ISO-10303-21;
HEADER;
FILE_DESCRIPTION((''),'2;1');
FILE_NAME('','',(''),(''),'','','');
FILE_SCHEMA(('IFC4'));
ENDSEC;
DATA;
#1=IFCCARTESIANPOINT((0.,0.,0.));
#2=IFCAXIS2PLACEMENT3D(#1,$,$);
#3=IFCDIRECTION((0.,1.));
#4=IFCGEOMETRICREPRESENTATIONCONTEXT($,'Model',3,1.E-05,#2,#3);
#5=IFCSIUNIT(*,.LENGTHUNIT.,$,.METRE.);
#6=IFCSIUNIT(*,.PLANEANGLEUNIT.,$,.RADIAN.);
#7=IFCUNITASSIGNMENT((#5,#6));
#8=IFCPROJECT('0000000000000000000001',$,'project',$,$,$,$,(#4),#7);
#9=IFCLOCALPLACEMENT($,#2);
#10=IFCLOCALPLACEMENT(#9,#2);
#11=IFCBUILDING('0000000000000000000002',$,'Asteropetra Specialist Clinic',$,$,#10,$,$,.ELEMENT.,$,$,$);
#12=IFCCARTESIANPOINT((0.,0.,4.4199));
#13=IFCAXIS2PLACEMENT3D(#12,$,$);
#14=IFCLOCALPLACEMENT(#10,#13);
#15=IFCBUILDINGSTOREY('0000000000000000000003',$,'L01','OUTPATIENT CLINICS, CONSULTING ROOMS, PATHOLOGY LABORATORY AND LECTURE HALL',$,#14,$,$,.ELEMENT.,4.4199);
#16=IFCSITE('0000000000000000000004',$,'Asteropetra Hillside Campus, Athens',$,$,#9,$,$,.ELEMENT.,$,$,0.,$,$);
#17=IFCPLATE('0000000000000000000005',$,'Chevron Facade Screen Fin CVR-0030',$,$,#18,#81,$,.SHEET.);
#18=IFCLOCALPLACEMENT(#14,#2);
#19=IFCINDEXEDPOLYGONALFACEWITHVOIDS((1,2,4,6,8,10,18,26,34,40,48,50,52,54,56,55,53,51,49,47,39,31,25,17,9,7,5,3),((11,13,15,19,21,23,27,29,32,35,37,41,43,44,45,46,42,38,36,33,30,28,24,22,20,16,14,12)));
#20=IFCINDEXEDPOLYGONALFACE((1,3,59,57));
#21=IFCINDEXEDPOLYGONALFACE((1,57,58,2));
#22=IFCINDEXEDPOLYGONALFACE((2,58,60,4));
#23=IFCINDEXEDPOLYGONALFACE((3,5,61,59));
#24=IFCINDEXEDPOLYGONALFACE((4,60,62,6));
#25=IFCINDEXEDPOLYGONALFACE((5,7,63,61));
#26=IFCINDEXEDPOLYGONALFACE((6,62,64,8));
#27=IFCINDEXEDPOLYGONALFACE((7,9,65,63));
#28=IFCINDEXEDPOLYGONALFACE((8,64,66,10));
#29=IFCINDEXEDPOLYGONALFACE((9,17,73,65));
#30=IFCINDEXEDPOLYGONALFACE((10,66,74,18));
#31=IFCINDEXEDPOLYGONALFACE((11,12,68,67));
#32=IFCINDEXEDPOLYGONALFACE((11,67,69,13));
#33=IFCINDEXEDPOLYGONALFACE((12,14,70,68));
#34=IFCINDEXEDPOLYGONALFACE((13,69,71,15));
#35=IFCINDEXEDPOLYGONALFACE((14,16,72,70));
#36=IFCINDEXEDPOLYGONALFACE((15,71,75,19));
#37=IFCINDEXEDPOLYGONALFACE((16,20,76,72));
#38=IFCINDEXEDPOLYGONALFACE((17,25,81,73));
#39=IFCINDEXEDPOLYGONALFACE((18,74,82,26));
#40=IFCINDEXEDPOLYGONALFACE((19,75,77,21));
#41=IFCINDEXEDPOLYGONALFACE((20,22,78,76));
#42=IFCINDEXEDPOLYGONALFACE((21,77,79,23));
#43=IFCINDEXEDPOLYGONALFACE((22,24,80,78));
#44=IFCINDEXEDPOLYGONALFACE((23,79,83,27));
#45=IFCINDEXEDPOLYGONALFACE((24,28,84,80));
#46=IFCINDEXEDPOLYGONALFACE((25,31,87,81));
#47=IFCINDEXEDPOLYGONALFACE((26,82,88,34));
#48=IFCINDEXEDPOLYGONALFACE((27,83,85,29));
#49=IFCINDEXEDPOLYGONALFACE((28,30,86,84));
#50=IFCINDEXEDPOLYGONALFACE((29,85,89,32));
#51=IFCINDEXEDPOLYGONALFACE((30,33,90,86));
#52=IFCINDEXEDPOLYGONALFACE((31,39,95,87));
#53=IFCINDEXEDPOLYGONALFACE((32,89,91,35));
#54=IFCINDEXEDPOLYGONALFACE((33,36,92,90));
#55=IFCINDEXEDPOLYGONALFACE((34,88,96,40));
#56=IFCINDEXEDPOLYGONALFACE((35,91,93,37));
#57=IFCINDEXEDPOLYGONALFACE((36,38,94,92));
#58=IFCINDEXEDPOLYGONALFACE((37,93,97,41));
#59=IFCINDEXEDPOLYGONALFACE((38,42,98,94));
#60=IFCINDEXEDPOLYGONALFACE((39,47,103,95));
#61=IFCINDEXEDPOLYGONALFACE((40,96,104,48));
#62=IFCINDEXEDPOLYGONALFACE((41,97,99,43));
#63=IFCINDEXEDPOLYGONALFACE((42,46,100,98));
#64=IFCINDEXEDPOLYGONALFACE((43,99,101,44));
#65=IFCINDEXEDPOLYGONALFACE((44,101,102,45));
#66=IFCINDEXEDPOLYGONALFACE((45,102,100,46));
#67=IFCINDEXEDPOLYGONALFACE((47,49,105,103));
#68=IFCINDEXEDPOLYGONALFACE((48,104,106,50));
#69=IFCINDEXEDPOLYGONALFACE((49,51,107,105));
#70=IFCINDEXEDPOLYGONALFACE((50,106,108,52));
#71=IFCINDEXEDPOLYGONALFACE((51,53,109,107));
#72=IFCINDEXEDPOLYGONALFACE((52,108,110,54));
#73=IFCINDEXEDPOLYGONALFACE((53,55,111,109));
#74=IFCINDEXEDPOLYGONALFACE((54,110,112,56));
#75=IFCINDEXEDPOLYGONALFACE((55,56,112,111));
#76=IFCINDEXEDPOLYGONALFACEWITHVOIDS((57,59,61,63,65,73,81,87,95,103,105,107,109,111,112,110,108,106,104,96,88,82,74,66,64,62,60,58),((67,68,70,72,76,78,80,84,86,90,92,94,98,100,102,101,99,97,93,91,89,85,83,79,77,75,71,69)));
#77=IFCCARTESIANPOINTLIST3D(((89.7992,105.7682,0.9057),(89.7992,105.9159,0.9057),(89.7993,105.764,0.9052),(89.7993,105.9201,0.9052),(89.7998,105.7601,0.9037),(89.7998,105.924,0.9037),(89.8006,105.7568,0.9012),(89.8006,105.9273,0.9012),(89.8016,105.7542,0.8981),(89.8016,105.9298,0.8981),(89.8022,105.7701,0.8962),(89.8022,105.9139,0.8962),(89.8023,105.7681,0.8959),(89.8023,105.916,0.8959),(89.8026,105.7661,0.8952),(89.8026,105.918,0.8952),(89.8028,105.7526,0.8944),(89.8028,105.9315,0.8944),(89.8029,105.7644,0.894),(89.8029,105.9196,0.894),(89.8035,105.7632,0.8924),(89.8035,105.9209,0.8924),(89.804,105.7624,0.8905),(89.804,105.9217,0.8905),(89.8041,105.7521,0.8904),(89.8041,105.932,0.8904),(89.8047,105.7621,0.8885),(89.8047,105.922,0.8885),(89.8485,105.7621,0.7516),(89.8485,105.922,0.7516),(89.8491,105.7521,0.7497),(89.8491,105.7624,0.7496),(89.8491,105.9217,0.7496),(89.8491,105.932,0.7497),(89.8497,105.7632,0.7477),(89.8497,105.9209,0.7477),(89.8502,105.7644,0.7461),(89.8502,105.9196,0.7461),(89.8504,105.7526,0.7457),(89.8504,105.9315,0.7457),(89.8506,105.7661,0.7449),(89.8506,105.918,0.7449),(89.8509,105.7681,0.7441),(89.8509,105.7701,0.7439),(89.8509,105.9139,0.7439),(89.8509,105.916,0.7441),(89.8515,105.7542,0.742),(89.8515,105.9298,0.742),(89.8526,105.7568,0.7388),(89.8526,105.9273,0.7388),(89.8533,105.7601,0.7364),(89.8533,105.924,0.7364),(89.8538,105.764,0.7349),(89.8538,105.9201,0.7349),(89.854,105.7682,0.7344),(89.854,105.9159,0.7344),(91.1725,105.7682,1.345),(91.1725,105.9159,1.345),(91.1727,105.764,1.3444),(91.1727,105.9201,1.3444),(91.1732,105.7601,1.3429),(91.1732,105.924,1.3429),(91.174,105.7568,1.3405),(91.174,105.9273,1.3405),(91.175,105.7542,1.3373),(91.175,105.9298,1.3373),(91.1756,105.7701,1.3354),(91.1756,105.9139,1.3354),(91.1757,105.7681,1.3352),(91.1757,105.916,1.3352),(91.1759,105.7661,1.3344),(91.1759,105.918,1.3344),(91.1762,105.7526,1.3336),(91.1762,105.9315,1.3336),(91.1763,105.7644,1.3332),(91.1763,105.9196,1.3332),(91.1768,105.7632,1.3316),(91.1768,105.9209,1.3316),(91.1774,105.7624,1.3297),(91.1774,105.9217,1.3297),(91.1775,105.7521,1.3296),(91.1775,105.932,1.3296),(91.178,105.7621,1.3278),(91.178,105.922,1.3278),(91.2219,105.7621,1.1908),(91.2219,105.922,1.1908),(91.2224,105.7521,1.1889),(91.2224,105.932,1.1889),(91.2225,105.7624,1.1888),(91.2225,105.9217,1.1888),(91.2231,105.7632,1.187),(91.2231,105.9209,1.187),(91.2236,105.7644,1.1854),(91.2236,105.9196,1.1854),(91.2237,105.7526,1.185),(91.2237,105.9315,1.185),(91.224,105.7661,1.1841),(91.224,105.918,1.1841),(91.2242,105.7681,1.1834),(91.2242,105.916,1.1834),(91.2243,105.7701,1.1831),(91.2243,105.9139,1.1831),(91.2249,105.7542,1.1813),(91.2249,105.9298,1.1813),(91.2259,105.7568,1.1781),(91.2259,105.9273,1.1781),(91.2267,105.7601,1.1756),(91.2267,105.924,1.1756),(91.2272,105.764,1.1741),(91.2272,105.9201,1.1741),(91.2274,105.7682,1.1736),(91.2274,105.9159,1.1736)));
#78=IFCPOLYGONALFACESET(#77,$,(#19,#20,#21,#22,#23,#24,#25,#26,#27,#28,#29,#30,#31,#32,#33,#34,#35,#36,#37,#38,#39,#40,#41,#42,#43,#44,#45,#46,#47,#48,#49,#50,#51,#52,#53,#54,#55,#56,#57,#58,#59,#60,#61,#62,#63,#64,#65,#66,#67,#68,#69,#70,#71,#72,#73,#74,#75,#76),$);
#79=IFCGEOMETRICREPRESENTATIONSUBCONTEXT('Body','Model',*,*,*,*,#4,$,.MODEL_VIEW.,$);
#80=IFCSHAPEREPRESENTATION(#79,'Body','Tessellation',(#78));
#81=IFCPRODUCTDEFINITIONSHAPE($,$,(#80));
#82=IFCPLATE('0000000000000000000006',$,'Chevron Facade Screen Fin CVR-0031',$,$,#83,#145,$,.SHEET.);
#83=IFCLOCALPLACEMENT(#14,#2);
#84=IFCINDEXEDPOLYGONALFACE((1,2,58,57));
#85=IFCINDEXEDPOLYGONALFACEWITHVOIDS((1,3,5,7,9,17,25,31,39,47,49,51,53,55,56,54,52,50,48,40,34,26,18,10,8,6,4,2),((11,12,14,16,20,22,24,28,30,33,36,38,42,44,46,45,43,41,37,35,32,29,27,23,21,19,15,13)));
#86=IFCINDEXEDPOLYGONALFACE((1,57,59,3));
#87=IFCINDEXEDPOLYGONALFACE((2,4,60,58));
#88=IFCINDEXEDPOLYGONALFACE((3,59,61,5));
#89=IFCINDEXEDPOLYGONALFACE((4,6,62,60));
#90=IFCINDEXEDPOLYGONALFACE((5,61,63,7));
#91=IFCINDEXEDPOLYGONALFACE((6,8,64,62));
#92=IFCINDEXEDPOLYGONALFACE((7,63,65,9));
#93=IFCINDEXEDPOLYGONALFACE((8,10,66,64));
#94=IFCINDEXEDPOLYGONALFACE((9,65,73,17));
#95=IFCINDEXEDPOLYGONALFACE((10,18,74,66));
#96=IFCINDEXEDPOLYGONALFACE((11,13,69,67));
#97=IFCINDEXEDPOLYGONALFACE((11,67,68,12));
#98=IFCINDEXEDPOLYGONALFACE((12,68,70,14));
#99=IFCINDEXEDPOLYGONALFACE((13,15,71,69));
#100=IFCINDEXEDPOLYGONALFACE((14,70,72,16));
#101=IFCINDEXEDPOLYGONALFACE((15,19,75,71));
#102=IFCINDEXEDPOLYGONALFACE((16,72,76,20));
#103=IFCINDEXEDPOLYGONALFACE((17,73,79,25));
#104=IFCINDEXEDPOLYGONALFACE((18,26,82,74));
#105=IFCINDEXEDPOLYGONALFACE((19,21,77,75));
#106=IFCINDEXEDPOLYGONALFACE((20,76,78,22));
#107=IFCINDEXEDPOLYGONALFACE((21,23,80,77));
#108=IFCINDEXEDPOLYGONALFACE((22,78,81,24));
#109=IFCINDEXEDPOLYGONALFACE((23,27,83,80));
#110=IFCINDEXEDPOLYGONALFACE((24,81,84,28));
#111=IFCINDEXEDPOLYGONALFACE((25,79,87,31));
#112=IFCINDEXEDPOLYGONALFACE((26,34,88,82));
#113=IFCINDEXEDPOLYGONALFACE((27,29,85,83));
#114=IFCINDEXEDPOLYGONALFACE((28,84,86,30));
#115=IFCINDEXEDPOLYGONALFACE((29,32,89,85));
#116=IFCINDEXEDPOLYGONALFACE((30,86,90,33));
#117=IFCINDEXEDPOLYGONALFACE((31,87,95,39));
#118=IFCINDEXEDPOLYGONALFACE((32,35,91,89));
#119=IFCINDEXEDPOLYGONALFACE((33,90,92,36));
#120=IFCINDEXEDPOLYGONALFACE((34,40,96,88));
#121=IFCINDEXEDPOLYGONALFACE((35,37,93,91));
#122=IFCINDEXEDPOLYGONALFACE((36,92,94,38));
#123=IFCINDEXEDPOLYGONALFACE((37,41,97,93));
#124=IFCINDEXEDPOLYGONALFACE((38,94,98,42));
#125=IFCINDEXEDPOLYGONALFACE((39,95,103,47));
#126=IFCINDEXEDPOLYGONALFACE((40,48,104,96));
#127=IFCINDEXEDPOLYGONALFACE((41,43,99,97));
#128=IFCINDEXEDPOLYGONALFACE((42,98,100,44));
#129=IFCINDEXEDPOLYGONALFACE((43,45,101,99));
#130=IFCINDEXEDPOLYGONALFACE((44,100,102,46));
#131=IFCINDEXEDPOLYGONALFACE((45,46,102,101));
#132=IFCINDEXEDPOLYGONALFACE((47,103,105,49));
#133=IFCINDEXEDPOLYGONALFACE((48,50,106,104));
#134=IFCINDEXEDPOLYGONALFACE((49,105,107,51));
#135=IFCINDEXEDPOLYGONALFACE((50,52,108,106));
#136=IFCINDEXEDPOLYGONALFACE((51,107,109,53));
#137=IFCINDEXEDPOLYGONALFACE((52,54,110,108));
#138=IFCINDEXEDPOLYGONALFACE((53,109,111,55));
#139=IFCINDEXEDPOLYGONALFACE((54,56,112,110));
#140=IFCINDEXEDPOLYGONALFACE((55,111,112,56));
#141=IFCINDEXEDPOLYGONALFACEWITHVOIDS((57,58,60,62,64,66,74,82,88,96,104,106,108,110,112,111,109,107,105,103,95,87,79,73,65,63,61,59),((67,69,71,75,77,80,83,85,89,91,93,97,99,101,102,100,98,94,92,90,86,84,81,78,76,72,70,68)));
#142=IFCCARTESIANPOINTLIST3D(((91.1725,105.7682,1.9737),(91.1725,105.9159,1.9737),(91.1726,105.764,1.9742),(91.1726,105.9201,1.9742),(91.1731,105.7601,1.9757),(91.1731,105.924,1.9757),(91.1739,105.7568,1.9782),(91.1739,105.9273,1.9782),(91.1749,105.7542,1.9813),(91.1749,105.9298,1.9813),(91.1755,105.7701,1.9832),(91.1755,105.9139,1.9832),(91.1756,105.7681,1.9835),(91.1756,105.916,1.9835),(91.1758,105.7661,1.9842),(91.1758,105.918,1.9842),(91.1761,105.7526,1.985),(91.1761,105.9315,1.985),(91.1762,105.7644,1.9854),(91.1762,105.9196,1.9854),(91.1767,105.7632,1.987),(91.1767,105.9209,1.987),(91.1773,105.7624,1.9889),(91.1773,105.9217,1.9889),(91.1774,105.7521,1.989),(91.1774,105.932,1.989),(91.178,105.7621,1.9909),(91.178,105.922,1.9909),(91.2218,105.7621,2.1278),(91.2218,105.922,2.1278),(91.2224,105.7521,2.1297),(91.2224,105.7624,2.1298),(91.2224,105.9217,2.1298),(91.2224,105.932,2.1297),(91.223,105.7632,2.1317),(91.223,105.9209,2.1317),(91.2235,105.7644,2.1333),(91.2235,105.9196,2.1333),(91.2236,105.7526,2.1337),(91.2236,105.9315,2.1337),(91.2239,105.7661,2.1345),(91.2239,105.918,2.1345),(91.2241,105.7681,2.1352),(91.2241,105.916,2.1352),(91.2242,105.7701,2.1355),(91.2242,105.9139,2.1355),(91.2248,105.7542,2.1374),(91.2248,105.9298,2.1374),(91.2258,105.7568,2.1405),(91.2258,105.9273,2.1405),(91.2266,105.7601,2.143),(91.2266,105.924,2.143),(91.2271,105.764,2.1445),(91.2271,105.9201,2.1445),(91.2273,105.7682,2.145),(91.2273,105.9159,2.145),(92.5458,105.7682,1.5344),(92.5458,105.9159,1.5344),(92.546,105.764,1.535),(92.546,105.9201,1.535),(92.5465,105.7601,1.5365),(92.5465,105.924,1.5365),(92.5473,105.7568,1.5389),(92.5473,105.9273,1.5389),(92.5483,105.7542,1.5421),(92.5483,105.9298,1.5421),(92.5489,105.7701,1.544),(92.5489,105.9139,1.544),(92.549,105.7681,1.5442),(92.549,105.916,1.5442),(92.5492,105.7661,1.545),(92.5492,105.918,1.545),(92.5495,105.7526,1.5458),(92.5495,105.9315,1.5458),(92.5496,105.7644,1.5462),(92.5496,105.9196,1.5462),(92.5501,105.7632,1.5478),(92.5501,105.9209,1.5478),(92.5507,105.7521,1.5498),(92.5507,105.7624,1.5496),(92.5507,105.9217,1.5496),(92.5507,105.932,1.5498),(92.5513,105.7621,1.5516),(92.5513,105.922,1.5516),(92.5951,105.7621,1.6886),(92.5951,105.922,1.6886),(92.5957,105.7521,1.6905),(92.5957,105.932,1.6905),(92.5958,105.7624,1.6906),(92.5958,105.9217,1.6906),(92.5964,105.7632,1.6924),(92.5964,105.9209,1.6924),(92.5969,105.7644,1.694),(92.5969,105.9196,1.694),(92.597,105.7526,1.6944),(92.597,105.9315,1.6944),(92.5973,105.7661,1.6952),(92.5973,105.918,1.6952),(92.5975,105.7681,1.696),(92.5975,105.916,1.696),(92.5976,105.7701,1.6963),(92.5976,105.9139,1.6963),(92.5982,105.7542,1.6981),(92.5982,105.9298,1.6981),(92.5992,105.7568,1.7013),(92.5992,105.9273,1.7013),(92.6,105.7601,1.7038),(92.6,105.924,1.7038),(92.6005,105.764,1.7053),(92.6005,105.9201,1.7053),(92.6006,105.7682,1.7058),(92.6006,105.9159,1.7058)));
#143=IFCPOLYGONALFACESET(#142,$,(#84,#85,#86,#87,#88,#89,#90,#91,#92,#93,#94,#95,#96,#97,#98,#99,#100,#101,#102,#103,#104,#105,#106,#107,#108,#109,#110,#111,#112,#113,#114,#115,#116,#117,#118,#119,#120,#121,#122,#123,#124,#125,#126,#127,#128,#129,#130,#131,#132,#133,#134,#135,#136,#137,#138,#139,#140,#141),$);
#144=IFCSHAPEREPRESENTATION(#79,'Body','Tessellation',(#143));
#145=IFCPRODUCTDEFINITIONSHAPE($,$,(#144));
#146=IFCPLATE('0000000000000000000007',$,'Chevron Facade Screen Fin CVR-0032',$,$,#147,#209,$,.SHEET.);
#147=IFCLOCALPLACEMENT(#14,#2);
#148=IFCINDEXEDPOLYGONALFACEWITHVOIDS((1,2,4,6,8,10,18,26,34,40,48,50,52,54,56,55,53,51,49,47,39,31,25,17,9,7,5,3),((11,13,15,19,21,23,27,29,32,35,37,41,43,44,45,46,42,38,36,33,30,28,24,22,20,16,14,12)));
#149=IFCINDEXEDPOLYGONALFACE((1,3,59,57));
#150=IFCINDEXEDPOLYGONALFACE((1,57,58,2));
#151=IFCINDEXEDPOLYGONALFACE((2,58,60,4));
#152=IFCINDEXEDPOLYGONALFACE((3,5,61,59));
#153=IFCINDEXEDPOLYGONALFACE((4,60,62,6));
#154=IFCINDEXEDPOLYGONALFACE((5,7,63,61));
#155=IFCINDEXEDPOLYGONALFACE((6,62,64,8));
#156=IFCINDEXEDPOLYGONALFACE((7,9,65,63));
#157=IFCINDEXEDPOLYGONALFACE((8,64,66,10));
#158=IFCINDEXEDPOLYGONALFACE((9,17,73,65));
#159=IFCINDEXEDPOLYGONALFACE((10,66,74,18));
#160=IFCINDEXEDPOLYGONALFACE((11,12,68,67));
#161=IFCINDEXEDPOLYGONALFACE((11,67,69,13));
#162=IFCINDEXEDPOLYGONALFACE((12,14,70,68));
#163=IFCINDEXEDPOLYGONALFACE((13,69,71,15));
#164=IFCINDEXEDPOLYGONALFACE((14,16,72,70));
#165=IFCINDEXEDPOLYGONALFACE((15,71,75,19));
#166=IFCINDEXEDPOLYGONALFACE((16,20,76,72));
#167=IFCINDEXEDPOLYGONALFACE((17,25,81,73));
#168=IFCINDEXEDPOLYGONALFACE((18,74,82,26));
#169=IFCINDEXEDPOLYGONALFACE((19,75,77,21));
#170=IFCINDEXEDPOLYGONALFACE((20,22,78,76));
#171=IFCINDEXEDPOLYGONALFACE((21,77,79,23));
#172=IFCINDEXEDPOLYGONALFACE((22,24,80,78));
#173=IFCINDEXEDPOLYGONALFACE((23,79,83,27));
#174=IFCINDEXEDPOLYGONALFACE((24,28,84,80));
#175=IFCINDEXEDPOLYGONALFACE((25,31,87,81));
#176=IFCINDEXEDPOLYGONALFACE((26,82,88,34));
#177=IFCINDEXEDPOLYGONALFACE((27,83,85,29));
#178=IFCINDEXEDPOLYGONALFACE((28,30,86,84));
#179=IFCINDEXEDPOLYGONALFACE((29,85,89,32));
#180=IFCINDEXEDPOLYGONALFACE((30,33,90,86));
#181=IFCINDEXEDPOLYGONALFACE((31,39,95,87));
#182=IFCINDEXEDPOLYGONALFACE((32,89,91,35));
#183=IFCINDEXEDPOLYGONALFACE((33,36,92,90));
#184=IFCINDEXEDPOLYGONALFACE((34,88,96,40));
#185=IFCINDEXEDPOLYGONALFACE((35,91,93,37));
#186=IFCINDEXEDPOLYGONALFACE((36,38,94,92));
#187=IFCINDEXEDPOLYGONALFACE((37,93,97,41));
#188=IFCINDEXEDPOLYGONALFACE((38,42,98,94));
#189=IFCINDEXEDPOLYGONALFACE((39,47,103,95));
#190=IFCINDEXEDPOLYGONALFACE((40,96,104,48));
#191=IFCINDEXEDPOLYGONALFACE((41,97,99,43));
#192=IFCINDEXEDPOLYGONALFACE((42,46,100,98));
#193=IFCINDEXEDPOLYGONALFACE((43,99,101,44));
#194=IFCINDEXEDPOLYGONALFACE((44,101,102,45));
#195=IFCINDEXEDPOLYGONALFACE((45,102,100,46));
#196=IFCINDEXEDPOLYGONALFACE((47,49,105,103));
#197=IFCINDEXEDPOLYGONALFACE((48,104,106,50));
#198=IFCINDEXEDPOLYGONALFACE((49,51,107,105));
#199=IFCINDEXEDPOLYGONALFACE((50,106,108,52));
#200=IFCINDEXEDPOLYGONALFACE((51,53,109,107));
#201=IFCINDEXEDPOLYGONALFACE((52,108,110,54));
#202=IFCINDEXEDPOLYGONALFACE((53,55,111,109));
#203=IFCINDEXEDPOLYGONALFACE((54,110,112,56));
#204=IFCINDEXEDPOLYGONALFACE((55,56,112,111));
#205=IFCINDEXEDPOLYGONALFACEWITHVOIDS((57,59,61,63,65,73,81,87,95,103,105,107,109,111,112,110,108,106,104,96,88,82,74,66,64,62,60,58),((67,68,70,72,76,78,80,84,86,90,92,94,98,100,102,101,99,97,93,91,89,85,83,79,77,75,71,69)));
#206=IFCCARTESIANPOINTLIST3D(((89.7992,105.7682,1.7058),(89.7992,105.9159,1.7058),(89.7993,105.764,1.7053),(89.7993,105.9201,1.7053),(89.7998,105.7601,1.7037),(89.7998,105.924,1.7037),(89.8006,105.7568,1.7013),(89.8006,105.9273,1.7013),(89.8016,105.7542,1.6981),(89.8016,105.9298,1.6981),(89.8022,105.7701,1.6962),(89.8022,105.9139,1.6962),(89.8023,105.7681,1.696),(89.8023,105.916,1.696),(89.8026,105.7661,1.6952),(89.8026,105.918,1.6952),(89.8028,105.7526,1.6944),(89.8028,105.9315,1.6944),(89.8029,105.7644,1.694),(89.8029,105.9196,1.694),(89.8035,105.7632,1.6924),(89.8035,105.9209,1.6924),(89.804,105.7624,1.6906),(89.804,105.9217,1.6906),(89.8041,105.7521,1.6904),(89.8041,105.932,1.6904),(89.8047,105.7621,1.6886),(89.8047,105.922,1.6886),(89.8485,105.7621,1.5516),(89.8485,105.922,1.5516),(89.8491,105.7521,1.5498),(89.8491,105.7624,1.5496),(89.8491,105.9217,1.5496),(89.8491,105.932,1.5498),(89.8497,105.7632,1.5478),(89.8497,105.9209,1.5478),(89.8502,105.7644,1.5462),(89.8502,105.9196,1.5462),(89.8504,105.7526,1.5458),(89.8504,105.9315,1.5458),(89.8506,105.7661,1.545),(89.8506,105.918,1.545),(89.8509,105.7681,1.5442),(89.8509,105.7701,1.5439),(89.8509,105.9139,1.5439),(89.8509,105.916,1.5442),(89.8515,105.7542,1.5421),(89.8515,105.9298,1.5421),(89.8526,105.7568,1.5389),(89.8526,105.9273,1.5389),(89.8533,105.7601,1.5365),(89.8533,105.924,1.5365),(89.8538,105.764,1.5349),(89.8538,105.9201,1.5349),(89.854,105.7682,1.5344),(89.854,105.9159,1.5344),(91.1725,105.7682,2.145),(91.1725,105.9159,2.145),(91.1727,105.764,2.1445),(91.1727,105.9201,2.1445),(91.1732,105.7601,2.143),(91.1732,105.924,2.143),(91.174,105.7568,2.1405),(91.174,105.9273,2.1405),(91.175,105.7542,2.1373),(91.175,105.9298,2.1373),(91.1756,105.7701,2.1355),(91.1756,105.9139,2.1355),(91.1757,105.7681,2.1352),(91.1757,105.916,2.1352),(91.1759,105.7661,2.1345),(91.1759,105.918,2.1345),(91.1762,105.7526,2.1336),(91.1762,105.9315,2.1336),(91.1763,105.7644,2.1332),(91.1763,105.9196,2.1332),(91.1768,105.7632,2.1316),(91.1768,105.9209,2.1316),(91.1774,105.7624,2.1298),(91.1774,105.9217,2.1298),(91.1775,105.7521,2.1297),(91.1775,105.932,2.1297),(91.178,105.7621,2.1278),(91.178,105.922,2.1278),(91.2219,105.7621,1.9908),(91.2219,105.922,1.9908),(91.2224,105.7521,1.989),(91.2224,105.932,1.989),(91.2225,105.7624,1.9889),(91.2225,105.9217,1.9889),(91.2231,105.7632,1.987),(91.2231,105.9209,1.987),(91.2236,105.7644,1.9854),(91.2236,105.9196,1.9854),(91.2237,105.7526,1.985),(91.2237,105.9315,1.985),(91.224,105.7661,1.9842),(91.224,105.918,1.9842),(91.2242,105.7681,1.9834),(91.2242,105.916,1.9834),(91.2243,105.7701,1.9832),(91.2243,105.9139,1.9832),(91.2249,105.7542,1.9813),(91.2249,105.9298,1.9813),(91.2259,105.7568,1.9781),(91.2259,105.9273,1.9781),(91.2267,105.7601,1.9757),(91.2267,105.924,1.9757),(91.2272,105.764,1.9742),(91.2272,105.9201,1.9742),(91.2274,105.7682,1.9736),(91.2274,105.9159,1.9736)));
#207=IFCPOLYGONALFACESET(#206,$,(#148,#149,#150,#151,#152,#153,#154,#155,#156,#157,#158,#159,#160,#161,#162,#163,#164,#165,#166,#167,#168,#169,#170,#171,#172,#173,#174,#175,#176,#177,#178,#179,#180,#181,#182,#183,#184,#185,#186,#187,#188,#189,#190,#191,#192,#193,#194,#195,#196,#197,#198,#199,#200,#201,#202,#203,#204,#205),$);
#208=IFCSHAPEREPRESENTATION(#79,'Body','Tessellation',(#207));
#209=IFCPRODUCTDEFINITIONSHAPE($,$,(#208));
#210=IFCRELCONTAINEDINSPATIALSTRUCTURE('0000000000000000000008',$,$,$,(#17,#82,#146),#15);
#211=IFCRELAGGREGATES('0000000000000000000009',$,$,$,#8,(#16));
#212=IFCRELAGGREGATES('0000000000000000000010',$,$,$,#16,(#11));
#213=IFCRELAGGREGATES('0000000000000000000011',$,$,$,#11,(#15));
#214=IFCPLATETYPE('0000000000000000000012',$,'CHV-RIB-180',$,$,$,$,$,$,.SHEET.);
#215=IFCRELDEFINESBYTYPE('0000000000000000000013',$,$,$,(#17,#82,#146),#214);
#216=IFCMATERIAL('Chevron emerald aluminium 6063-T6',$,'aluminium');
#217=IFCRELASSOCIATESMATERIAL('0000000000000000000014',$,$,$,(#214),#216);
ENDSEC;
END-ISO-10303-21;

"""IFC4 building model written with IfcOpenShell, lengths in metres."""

from ifc_helpers import new_model, si_unit, direction, frame, origin, origin_2d, place, context, subcontext, project, spatial, hollow_rectangle, extrude, material, material_profile, profile_set, type_object, element, save


model = new_model("IFC4")

# Units and contexts
model_context = context("Model", 3, precision=1e-05, world=origin(), true_north=direction((0.0, 1.0)))
body_context = subcontext(model_context, "Body", "Model", "MODEL_VIEW")
ifc_project = project(units=[si_unit("LENGTHUNIT", "METRE"), si_unit("PLANEANGLEUNIT", "RADIAN")], contexts=[model_context])

# Site, building, storey
site_placement = place(None, origin())
site = spatial("IfcSite", under=ifc_project, at=site_placement, Name="Asteropetra Hillside Campus, Athens", CompositionType="ELEMENT", RefElevation=0.0)
building_placement = place(site_placement, origin())
building = spatial("IfcBuilding", under=site, at=building_placement, Name="Asteropetra Specialist Clinic", CompositionType="ELEMENT")
storey_placement = place(building_placement, frame((0.0, 0.0, 4.4199)))
storey = spatial("IfcBuildingStorey", under=building, at=storey_placement, Name="L01", Description="OUTPATIENT CLINICS, CONSULTING ROOMS, PATHOLOGY LABORATORY AND LECTURE HALL", CompositionType="ELEMENT", Elevation=4.4199)

# Plates
ifc_material_1 = material(Name="Chevron emerald aluminium 6063-T6", Category="aluminium")
ifc_material_profile = material_profile(ifc_material_1, hollow_rectangle(XDim=0.1799, YDim=0.1799, WallThickness=0.01, InnerFilletRadius=0.0081, OuterFilletRadius=0.0161, at=origin_2d()), Name="SHS 180x180x10.0")
ifc_profile_set = profile_set([ifc_material_profile], Name="Chevron emerald aluminium 6063-T6")
plate_type = type_object("IfcPlateType", Name="CHV-RIB-180", PredefinedType="SHEET", material=ifc_profile_set)
for number, where, z_axis, x_axis, name in (
    (1, (91.2, 105.842, 1.2593), (-0.952473, 0.0, -0.304622), (0.0, -1.0, 0.0), "Chevron Facade Screen Fin CVR-0030"),
    (2, (92.5732, 105.842, 1.6201), (-0.952473, 0.0, 0.304622), (0.0, -1.0, 0.0), "Chevron Facade Screen Fin CVR-0031"),
    (3, (91.2, 105.842, 2.0593), (-0.952473, 0.0, -0.304622), (0.0, -1.0, 0.0), "Chevron Facade Screen Fin CVR-0032"),
):
    element("IfcPlate", number, at=place(storey_placement, frame(where, z_axis=z_axis, x_axis=x_axis)), inside=storey, type_object=plate_type, Name=name, PredefinedType="SHEET", context=body_context, shape_type="SweptSolid", body=[
        extrude(hollow_rectangle(XDim=0.1799, YDim=0.1799, WallThickness=0.01, InnerFilletRadius=0.0081, OuterFilletRadius=0.0161, at=origin_2d()), origin(), (0.0, 0.0, 1.0), 1.4419),
    ])

save(model, "model.ifc")
